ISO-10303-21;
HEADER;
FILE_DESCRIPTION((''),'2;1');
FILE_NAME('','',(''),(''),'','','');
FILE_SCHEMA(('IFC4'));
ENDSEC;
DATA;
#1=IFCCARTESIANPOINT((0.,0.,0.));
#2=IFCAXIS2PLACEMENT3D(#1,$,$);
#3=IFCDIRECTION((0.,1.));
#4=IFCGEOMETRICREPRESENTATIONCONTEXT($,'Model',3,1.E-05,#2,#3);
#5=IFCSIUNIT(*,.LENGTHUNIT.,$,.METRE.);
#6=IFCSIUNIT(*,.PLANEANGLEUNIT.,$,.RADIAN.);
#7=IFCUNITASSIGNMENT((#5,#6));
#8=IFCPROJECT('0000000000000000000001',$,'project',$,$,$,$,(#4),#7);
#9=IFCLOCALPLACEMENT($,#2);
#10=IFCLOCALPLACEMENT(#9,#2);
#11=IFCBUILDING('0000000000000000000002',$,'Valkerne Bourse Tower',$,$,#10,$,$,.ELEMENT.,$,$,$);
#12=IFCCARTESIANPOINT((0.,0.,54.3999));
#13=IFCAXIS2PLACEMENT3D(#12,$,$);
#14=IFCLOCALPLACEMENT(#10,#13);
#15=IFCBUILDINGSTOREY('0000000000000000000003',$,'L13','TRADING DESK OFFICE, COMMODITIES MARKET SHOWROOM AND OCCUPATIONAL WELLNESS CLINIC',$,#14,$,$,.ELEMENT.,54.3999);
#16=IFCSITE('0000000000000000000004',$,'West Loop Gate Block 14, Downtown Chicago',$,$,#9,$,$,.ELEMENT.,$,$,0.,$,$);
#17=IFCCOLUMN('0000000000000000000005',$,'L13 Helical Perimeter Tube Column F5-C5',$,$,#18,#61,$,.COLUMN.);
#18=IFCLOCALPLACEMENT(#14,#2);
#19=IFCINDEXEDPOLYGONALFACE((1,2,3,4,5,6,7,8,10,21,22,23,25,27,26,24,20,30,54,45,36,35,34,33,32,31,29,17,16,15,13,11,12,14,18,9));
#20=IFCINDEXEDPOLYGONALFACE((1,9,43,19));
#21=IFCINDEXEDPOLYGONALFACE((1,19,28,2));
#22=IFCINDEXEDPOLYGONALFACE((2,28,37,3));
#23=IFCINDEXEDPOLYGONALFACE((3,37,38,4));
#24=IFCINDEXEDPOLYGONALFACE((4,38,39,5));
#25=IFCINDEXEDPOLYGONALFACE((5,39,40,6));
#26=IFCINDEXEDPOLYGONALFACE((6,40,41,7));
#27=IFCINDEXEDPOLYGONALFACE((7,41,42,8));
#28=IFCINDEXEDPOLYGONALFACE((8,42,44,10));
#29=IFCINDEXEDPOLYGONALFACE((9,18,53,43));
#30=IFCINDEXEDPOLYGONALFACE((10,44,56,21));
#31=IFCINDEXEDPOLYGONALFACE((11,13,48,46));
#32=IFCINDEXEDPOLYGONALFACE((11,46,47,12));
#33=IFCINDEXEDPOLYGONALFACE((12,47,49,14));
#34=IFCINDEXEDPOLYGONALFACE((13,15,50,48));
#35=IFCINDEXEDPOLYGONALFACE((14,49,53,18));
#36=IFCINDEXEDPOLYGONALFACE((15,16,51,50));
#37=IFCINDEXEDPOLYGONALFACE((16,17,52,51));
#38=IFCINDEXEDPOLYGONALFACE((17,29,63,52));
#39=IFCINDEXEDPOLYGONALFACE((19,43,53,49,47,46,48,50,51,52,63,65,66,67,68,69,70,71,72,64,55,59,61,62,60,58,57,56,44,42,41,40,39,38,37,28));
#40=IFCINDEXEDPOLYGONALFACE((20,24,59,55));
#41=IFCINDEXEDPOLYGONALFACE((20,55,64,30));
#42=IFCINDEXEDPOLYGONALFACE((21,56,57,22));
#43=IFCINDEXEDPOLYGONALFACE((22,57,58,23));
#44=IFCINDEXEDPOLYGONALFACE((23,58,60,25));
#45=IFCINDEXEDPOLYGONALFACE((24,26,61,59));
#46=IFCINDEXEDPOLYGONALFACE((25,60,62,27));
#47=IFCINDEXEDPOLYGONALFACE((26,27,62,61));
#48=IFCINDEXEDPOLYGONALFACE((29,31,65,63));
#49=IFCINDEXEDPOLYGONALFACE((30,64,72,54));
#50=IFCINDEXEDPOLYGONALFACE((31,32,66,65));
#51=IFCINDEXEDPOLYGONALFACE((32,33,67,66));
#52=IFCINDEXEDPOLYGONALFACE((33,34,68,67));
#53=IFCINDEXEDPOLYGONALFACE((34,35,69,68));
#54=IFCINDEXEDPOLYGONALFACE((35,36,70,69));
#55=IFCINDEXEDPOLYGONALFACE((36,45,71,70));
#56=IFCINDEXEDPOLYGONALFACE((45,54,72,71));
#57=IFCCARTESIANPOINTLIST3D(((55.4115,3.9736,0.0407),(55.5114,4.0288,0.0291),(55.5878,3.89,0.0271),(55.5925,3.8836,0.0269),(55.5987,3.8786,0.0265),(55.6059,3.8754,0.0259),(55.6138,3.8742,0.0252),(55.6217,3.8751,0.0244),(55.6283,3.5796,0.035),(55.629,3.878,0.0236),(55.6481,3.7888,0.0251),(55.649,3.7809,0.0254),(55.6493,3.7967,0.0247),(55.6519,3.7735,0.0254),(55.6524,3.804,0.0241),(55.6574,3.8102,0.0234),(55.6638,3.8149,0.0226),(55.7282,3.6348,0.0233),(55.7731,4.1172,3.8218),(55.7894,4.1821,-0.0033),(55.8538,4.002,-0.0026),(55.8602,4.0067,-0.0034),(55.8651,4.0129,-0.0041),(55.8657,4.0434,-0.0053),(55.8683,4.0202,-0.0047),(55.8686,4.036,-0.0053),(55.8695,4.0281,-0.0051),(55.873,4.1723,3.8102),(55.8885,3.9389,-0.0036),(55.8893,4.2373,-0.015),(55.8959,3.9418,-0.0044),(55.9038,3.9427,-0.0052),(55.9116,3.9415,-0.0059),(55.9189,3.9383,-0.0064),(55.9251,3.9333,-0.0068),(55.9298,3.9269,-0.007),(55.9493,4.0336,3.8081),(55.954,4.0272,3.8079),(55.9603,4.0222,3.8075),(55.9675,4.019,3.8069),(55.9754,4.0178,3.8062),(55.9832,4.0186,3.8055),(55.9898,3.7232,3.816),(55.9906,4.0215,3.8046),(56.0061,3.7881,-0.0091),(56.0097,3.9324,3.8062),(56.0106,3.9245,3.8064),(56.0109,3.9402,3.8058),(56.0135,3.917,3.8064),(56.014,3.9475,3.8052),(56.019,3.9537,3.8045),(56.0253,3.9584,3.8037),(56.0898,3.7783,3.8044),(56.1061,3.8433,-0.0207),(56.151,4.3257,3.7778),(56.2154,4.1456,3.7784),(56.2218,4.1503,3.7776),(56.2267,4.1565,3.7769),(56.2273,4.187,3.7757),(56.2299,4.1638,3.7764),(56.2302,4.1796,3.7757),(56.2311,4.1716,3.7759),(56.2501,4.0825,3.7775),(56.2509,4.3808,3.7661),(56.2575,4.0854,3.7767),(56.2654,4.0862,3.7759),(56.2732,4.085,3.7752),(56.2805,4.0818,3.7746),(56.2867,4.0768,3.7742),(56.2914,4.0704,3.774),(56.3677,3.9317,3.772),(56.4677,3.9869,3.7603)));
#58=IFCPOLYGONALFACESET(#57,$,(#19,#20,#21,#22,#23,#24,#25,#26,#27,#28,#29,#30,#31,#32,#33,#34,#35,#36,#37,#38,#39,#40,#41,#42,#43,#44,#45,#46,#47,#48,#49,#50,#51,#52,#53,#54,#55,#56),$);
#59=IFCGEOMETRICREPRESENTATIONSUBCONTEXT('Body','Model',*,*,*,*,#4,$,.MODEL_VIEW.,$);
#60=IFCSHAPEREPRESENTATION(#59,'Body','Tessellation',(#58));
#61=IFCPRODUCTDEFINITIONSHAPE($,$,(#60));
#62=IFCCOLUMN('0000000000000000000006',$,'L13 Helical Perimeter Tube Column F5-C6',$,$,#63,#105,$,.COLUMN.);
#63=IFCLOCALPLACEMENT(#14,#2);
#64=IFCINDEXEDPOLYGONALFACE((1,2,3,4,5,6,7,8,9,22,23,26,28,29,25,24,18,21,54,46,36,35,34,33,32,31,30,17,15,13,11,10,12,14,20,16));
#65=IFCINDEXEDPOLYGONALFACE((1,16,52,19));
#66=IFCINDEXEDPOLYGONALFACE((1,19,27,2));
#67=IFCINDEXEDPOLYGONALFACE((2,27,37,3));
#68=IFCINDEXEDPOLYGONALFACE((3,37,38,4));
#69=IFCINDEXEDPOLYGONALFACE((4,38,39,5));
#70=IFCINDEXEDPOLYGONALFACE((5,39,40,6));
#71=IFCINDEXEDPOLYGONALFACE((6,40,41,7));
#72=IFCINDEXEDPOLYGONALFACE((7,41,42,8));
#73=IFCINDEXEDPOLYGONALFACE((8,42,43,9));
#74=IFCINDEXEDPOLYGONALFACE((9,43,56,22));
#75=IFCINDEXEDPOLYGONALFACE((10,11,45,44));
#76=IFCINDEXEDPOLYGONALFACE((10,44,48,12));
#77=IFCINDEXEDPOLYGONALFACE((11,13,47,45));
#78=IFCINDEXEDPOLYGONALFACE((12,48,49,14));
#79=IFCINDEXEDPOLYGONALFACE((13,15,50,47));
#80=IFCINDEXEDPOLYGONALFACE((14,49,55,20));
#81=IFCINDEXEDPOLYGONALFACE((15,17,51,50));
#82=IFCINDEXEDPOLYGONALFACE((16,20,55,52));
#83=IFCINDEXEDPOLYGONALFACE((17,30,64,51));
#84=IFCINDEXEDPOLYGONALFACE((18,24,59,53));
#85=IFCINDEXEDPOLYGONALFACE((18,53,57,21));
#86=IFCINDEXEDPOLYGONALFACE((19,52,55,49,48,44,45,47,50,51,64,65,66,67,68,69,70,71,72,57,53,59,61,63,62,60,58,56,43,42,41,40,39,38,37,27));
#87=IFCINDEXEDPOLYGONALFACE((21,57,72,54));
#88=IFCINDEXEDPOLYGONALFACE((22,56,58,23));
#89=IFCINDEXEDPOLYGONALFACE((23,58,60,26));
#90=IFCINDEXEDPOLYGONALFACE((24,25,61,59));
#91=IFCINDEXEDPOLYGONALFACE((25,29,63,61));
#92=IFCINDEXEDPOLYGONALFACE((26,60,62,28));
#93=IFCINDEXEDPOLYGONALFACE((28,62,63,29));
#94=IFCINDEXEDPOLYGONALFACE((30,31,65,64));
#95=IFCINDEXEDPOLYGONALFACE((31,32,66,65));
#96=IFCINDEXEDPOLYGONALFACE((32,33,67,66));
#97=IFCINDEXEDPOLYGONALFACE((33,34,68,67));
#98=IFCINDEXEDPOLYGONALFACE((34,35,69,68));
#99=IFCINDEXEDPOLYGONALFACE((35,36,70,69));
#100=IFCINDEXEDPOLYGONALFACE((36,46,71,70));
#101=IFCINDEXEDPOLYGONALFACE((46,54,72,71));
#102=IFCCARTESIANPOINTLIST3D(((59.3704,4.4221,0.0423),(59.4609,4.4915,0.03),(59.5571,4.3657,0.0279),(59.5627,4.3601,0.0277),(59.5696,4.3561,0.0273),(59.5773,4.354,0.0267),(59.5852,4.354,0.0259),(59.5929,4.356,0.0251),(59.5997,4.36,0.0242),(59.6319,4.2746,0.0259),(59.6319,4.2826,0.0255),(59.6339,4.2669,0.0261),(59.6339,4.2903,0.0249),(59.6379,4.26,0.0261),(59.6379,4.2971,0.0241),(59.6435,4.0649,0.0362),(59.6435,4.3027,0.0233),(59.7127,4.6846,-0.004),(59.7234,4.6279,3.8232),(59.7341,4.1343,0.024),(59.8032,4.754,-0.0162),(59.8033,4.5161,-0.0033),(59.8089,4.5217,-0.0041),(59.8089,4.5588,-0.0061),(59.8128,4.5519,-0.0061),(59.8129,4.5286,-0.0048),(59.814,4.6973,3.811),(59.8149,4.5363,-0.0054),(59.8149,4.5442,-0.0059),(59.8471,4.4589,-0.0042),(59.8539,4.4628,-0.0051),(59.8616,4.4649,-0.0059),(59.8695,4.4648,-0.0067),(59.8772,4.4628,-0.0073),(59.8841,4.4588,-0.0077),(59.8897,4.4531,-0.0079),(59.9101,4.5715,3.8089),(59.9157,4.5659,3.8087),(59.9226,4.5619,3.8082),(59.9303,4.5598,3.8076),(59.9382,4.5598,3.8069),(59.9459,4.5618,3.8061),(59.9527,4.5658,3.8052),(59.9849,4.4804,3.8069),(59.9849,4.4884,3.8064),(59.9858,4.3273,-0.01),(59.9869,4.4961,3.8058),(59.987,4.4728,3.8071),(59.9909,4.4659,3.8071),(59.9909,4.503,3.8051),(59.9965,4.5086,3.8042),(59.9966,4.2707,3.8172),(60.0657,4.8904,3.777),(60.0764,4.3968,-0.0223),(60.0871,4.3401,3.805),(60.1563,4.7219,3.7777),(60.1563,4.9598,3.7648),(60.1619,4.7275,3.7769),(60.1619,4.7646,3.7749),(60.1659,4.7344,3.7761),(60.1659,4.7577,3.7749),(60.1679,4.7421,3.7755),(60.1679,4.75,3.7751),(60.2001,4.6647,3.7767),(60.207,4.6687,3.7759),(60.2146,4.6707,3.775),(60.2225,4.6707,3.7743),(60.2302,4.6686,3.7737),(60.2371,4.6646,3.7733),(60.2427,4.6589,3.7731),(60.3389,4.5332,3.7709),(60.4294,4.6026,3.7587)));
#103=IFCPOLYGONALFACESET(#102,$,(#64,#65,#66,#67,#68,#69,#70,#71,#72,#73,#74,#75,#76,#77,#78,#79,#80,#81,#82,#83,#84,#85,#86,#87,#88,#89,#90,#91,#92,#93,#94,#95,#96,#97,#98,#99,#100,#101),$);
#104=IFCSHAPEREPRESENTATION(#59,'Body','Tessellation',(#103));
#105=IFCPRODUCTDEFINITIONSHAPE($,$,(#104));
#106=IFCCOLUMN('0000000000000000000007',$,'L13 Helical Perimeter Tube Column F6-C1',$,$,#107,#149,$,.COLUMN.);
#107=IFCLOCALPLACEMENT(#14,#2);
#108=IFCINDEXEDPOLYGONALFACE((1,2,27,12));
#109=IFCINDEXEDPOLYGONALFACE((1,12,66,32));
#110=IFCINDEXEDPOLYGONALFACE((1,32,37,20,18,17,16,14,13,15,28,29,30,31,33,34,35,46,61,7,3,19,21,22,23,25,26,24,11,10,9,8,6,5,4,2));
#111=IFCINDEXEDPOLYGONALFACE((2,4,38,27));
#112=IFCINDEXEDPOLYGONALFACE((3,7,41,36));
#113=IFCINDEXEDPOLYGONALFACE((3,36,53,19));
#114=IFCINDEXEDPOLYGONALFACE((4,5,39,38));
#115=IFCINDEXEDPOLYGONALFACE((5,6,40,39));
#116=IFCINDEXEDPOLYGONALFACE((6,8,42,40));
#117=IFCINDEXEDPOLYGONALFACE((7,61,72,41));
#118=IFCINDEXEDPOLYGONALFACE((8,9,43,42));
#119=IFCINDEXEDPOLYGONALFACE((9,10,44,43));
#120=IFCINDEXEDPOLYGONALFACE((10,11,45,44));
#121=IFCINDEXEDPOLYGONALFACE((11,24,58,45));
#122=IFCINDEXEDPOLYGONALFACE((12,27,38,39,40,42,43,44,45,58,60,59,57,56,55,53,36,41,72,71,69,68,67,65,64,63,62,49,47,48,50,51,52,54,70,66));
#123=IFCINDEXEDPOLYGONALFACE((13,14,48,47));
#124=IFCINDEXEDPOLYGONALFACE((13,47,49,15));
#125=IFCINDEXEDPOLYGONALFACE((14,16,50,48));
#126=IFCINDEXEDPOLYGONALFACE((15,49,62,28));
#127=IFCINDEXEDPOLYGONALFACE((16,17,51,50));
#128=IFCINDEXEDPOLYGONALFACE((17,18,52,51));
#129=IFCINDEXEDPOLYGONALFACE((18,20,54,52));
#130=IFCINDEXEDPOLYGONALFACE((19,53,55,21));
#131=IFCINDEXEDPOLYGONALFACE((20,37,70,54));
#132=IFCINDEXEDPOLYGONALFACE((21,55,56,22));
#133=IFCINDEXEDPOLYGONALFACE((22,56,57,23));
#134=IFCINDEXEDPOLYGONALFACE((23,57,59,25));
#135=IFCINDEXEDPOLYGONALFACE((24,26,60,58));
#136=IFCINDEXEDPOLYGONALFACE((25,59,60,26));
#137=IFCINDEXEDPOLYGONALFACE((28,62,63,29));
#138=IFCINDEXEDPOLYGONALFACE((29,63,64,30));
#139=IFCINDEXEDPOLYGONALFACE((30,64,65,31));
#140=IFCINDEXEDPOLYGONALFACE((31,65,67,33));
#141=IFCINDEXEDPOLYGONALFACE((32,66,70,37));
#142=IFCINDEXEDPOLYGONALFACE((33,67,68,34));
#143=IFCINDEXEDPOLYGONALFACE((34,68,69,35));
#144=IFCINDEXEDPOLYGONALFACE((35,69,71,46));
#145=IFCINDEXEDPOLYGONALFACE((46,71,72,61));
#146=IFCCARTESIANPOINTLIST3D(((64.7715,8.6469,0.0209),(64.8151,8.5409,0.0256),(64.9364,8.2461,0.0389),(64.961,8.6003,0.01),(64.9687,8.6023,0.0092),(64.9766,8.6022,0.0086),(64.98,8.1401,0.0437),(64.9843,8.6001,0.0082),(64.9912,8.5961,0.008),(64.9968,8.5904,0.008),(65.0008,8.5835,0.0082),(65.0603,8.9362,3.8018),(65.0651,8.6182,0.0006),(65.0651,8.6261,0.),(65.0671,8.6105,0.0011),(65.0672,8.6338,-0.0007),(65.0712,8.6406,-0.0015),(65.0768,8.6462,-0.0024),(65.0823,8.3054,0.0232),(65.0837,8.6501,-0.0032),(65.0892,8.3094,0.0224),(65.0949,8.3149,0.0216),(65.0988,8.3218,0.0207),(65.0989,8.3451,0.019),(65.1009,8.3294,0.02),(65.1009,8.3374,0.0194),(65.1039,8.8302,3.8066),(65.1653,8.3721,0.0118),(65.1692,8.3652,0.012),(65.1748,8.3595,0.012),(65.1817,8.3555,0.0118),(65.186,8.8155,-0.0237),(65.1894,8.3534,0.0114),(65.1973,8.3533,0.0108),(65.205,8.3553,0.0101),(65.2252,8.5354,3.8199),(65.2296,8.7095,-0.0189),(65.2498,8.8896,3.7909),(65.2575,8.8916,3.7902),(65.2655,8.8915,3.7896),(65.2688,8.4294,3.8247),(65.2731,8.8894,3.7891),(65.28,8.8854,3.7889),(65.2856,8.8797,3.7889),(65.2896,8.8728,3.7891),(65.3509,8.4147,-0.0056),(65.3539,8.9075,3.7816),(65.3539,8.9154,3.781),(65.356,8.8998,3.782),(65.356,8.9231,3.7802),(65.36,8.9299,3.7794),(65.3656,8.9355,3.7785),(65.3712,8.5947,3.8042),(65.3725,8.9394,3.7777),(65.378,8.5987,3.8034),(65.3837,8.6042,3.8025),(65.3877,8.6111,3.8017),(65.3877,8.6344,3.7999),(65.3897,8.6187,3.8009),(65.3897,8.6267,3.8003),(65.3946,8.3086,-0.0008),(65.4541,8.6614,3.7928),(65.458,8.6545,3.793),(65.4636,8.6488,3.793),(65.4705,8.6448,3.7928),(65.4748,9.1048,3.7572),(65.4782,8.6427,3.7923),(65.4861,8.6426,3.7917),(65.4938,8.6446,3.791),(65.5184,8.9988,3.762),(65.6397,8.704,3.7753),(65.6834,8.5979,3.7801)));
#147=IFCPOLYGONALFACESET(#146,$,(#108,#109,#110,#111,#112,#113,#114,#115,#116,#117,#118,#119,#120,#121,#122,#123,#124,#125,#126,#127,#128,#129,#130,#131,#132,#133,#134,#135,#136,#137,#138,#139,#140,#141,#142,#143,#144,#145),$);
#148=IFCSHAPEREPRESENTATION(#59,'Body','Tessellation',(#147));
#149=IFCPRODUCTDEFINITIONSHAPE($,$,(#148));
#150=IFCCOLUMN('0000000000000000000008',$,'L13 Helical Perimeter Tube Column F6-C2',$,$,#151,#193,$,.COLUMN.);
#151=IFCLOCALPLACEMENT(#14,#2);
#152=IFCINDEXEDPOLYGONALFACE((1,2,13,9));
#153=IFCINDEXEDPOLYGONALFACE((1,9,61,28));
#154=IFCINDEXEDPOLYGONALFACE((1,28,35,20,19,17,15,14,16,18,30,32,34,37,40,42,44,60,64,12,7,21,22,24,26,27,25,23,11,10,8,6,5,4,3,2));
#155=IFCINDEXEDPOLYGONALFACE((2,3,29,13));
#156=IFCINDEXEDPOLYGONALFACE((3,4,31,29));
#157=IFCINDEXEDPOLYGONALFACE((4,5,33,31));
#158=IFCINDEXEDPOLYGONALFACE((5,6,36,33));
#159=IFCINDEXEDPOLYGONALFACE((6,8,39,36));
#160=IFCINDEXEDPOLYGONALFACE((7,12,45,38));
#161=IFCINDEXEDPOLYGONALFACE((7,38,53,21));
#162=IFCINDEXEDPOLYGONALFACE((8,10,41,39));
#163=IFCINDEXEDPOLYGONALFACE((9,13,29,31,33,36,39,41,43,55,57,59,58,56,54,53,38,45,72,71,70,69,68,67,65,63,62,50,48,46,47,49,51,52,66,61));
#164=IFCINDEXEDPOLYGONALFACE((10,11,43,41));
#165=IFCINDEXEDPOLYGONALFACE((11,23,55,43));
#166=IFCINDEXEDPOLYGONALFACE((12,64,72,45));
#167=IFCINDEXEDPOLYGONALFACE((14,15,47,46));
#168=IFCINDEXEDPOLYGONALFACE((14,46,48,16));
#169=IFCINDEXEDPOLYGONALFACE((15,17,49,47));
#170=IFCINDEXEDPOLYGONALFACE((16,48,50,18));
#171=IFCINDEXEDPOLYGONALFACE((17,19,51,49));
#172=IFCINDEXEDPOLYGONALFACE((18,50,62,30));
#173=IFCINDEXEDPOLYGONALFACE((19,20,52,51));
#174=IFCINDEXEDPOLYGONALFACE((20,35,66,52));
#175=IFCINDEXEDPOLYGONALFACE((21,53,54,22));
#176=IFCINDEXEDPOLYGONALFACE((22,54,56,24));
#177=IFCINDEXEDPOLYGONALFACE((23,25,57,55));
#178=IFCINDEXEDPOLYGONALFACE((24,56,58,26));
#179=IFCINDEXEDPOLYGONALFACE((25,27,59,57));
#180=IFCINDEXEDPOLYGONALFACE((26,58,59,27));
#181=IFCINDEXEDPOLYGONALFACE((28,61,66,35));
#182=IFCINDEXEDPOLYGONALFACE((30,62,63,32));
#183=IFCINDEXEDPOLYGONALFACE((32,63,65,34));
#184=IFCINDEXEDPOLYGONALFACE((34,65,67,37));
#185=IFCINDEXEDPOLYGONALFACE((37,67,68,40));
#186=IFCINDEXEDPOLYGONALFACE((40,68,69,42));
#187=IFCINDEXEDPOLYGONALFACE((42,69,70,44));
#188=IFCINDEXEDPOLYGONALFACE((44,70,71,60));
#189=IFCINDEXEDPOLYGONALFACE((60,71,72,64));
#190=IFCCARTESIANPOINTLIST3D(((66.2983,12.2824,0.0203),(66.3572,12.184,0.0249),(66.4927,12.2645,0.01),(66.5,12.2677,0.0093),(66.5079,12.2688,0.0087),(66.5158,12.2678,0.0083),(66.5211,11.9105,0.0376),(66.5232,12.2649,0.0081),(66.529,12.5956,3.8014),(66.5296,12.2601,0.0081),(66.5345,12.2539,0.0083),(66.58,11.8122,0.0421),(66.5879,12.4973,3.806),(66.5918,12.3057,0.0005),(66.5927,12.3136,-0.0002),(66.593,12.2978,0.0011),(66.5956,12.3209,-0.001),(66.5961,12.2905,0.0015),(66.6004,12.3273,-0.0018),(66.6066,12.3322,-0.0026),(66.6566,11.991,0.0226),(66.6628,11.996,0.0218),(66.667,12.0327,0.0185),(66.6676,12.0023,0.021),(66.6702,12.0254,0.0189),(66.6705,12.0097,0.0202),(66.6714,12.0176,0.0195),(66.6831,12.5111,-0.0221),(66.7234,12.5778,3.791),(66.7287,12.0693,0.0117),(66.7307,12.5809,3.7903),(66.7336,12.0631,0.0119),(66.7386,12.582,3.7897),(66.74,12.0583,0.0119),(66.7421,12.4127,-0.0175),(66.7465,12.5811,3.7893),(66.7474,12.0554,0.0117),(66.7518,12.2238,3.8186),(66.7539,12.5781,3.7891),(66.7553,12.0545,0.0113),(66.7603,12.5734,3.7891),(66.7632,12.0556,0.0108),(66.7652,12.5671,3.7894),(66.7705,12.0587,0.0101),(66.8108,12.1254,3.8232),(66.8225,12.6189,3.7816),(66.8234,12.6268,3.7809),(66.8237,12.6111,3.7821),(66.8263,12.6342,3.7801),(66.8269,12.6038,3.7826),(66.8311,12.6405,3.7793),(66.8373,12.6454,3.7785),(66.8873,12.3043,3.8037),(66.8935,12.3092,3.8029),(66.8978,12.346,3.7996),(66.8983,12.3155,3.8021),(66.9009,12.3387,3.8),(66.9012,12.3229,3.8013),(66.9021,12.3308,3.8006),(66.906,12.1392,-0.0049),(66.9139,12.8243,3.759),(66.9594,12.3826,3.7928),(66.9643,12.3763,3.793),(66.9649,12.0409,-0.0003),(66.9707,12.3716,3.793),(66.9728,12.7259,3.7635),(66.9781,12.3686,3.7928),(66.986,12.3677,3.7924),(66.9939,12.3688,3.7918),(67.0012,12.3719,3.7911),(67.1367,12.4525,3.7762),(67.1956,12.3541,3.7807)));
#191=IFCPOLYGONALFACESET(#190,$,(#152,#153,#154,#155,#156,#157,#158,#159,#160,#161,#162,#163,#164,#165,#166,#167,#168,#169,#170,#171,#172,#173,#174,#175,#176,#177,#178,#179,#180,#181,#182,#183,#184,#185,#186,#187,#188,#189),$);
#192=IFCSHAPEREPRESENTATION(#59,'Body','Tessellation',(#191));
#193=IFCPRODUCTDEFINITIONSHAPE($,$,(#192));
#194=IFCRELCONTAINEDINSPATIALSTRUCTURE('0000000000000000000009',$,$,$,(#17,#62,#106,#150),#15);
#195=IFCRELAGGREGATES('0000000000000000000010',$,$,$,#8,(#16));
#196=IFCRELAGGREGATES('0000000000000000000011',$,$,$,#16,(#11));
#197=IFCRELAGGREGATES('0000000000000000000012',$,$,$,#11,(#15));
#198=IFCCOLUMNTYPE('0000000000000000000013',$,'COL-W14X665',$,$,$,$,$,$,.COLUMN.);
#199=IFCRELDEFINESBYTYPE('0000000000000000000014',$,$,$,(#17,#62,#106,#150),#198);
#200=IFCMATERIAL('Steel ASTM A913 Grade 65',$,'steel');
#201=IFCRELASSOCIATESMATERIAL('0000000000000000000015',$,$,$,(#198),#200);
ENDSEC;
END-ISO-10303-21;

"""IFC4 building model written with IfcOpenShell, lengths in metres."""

from ifc_helpers import new_model, si_unit, direction, frame, origin, origin_2d, place, context, subcontext, project, spatial, i_section, extrude, material, material_profile, profile_set, type_object, element, save


model = new_model("IFC4")

# Units and contexts
model_context = context("Model", 3, precision=1e-05, world=origin(), true_north=direction((0.0, 1.0)))
body_context = subcontext(model_context, "Body", "Model", "MODEL_VIEW")
ifc_project = project(units=[si_unit("LENGTHUNIT", "METRE"), si_unit("PLANEANGLEUNIT", "RADIAN")], contexts=[model_context])

# Site, building, storey
site_placement = place(None, origin())
site = spatial("IfcSite", under=ifc_project, at=site_placement, Name="West Loop Gate Block 14, Downtown Chicago", CompositionType="ELEMENT", RefElevation=0.0)
building_placement = place(site_placement, origin())
building = spatial("IfcBuilding", under=site, at=building_placement, Name="Valkerne Bourse Tower", CompositionType="ELEMENT")
storey_placement = place(building_placement, frame((0.0, 0.0, 54.3999)))
storey = spatial("IfcBuildingStorey", under=building, at=storey_placement, Name="L13", Description="TRADING DESK OFFICE, COMMODITIES MARKET SHOWROOM AND OCCUPATIONAL WELLNESS CLINIC", CompositionType="ELEMENT", Elevation=54.3999)

# Columns
ifc_material_1 = material(Name="Steel ASTM A913 Grade 65", Category="steel")
ifc_material_profile_1 = material_profile(ifc_material_1, i_section(OverallWidth=0.4497, OverallDepth=0.5486, WebThickness=0.072, FlangeThickness=0.1147, FilletRadius=0.0305, at=origin_2d()), Name="W14X665")
ifc_profile_set_1 = profile_set([ifc_material_profile_1], Name="Steel ASTM A913 Grade 65")
column_type = type_object("IfcColumnType", Name="COL-W14X665", PredefinedType="COLUMN", material=ifc_profile_set_1)
column_1_placement = place(storey_placement, frame((55.7588, 3.9084, 0.01), z_axis=(0.095126, 0.037768, 0.994748), x_axis=(-0.481975, 0.876091, 0.012828)))
element("IfcColumn", 1, at=column_1_placement, inside=storey, type_object=column_type, Name="L13 Helical Perimeter Tube Column F5-C5", PredefinedType="COLUMN", context=body_context, shape_type="SweptSolid", body=[
    extrude(i_section(OverallWidth=0.4497, OverallDepth=0.5486, WebThickness=0.072, FlangeThickness=0.1147, FilletRadius=0.0305, at=origin_2d()), origin(), (0.0, 0.0, 1.0), 3.801),
])
for number, where, z_axis, x_axis, name in (
    (2, (59.7234, 4.4094, 0.01), (0.092828, 0.054118, 0.99421), (-0.607326, 0.794338, 0.013467), "L13 Helical Perimeter Tube Column F5-C6"),
    (3, (65.083, 8.4778, 0.01), (0.075944, 0.076072, 0.994206), (-0.921777, -0.374843, 0.099093), "L13 Helical Perimeter Tube Column F6-C1"),
):
    element("IfcColumn", number, at=place(storey_placement, frame(where, z_axis=z_axis, x_axis=x_axis)), inside=storey, type_object=column_type, Name=name, PredefinedType="COLUMN", context=body_context, shape_type="SweptSolid", body=[
        extrude(i_section(OverallWidth=0.4497, OverallDepth=0.5486, WebThickness=0.072, FlangeThickness=0.1147, FilletRadius=0.0305, at=origin_2d()), origin(), (0.0, 0.0, 1.0), 3.803),
    ])
column_2_placement = place(storey_placement, frame((66.6316, 12.1616, 0.01), z_axis=(0.060698, 0.082409, 0.994748), x_axis=(-0.855854, -0.508539, 0.094353)))
element("IfcColumn", 4, at=column_2_placement, inside=storey, type_object=column_type, Name="L13 Helical Perimeter Tube Column F6-C2", PredefinedType="COLUMN", context=body_context, shape_type="SweptSolid", body=[
    extrude(i_section(OverallWidth=0.4497, OverallDepth=0.5486, WebThickness=0.072, FlangeThickness=0.1147, FilletRadius=0.0305, at=origin_2d()), origin(), (0.0, 0.0, 1.0), 3.801),
])

save(model, "model.ifc")
